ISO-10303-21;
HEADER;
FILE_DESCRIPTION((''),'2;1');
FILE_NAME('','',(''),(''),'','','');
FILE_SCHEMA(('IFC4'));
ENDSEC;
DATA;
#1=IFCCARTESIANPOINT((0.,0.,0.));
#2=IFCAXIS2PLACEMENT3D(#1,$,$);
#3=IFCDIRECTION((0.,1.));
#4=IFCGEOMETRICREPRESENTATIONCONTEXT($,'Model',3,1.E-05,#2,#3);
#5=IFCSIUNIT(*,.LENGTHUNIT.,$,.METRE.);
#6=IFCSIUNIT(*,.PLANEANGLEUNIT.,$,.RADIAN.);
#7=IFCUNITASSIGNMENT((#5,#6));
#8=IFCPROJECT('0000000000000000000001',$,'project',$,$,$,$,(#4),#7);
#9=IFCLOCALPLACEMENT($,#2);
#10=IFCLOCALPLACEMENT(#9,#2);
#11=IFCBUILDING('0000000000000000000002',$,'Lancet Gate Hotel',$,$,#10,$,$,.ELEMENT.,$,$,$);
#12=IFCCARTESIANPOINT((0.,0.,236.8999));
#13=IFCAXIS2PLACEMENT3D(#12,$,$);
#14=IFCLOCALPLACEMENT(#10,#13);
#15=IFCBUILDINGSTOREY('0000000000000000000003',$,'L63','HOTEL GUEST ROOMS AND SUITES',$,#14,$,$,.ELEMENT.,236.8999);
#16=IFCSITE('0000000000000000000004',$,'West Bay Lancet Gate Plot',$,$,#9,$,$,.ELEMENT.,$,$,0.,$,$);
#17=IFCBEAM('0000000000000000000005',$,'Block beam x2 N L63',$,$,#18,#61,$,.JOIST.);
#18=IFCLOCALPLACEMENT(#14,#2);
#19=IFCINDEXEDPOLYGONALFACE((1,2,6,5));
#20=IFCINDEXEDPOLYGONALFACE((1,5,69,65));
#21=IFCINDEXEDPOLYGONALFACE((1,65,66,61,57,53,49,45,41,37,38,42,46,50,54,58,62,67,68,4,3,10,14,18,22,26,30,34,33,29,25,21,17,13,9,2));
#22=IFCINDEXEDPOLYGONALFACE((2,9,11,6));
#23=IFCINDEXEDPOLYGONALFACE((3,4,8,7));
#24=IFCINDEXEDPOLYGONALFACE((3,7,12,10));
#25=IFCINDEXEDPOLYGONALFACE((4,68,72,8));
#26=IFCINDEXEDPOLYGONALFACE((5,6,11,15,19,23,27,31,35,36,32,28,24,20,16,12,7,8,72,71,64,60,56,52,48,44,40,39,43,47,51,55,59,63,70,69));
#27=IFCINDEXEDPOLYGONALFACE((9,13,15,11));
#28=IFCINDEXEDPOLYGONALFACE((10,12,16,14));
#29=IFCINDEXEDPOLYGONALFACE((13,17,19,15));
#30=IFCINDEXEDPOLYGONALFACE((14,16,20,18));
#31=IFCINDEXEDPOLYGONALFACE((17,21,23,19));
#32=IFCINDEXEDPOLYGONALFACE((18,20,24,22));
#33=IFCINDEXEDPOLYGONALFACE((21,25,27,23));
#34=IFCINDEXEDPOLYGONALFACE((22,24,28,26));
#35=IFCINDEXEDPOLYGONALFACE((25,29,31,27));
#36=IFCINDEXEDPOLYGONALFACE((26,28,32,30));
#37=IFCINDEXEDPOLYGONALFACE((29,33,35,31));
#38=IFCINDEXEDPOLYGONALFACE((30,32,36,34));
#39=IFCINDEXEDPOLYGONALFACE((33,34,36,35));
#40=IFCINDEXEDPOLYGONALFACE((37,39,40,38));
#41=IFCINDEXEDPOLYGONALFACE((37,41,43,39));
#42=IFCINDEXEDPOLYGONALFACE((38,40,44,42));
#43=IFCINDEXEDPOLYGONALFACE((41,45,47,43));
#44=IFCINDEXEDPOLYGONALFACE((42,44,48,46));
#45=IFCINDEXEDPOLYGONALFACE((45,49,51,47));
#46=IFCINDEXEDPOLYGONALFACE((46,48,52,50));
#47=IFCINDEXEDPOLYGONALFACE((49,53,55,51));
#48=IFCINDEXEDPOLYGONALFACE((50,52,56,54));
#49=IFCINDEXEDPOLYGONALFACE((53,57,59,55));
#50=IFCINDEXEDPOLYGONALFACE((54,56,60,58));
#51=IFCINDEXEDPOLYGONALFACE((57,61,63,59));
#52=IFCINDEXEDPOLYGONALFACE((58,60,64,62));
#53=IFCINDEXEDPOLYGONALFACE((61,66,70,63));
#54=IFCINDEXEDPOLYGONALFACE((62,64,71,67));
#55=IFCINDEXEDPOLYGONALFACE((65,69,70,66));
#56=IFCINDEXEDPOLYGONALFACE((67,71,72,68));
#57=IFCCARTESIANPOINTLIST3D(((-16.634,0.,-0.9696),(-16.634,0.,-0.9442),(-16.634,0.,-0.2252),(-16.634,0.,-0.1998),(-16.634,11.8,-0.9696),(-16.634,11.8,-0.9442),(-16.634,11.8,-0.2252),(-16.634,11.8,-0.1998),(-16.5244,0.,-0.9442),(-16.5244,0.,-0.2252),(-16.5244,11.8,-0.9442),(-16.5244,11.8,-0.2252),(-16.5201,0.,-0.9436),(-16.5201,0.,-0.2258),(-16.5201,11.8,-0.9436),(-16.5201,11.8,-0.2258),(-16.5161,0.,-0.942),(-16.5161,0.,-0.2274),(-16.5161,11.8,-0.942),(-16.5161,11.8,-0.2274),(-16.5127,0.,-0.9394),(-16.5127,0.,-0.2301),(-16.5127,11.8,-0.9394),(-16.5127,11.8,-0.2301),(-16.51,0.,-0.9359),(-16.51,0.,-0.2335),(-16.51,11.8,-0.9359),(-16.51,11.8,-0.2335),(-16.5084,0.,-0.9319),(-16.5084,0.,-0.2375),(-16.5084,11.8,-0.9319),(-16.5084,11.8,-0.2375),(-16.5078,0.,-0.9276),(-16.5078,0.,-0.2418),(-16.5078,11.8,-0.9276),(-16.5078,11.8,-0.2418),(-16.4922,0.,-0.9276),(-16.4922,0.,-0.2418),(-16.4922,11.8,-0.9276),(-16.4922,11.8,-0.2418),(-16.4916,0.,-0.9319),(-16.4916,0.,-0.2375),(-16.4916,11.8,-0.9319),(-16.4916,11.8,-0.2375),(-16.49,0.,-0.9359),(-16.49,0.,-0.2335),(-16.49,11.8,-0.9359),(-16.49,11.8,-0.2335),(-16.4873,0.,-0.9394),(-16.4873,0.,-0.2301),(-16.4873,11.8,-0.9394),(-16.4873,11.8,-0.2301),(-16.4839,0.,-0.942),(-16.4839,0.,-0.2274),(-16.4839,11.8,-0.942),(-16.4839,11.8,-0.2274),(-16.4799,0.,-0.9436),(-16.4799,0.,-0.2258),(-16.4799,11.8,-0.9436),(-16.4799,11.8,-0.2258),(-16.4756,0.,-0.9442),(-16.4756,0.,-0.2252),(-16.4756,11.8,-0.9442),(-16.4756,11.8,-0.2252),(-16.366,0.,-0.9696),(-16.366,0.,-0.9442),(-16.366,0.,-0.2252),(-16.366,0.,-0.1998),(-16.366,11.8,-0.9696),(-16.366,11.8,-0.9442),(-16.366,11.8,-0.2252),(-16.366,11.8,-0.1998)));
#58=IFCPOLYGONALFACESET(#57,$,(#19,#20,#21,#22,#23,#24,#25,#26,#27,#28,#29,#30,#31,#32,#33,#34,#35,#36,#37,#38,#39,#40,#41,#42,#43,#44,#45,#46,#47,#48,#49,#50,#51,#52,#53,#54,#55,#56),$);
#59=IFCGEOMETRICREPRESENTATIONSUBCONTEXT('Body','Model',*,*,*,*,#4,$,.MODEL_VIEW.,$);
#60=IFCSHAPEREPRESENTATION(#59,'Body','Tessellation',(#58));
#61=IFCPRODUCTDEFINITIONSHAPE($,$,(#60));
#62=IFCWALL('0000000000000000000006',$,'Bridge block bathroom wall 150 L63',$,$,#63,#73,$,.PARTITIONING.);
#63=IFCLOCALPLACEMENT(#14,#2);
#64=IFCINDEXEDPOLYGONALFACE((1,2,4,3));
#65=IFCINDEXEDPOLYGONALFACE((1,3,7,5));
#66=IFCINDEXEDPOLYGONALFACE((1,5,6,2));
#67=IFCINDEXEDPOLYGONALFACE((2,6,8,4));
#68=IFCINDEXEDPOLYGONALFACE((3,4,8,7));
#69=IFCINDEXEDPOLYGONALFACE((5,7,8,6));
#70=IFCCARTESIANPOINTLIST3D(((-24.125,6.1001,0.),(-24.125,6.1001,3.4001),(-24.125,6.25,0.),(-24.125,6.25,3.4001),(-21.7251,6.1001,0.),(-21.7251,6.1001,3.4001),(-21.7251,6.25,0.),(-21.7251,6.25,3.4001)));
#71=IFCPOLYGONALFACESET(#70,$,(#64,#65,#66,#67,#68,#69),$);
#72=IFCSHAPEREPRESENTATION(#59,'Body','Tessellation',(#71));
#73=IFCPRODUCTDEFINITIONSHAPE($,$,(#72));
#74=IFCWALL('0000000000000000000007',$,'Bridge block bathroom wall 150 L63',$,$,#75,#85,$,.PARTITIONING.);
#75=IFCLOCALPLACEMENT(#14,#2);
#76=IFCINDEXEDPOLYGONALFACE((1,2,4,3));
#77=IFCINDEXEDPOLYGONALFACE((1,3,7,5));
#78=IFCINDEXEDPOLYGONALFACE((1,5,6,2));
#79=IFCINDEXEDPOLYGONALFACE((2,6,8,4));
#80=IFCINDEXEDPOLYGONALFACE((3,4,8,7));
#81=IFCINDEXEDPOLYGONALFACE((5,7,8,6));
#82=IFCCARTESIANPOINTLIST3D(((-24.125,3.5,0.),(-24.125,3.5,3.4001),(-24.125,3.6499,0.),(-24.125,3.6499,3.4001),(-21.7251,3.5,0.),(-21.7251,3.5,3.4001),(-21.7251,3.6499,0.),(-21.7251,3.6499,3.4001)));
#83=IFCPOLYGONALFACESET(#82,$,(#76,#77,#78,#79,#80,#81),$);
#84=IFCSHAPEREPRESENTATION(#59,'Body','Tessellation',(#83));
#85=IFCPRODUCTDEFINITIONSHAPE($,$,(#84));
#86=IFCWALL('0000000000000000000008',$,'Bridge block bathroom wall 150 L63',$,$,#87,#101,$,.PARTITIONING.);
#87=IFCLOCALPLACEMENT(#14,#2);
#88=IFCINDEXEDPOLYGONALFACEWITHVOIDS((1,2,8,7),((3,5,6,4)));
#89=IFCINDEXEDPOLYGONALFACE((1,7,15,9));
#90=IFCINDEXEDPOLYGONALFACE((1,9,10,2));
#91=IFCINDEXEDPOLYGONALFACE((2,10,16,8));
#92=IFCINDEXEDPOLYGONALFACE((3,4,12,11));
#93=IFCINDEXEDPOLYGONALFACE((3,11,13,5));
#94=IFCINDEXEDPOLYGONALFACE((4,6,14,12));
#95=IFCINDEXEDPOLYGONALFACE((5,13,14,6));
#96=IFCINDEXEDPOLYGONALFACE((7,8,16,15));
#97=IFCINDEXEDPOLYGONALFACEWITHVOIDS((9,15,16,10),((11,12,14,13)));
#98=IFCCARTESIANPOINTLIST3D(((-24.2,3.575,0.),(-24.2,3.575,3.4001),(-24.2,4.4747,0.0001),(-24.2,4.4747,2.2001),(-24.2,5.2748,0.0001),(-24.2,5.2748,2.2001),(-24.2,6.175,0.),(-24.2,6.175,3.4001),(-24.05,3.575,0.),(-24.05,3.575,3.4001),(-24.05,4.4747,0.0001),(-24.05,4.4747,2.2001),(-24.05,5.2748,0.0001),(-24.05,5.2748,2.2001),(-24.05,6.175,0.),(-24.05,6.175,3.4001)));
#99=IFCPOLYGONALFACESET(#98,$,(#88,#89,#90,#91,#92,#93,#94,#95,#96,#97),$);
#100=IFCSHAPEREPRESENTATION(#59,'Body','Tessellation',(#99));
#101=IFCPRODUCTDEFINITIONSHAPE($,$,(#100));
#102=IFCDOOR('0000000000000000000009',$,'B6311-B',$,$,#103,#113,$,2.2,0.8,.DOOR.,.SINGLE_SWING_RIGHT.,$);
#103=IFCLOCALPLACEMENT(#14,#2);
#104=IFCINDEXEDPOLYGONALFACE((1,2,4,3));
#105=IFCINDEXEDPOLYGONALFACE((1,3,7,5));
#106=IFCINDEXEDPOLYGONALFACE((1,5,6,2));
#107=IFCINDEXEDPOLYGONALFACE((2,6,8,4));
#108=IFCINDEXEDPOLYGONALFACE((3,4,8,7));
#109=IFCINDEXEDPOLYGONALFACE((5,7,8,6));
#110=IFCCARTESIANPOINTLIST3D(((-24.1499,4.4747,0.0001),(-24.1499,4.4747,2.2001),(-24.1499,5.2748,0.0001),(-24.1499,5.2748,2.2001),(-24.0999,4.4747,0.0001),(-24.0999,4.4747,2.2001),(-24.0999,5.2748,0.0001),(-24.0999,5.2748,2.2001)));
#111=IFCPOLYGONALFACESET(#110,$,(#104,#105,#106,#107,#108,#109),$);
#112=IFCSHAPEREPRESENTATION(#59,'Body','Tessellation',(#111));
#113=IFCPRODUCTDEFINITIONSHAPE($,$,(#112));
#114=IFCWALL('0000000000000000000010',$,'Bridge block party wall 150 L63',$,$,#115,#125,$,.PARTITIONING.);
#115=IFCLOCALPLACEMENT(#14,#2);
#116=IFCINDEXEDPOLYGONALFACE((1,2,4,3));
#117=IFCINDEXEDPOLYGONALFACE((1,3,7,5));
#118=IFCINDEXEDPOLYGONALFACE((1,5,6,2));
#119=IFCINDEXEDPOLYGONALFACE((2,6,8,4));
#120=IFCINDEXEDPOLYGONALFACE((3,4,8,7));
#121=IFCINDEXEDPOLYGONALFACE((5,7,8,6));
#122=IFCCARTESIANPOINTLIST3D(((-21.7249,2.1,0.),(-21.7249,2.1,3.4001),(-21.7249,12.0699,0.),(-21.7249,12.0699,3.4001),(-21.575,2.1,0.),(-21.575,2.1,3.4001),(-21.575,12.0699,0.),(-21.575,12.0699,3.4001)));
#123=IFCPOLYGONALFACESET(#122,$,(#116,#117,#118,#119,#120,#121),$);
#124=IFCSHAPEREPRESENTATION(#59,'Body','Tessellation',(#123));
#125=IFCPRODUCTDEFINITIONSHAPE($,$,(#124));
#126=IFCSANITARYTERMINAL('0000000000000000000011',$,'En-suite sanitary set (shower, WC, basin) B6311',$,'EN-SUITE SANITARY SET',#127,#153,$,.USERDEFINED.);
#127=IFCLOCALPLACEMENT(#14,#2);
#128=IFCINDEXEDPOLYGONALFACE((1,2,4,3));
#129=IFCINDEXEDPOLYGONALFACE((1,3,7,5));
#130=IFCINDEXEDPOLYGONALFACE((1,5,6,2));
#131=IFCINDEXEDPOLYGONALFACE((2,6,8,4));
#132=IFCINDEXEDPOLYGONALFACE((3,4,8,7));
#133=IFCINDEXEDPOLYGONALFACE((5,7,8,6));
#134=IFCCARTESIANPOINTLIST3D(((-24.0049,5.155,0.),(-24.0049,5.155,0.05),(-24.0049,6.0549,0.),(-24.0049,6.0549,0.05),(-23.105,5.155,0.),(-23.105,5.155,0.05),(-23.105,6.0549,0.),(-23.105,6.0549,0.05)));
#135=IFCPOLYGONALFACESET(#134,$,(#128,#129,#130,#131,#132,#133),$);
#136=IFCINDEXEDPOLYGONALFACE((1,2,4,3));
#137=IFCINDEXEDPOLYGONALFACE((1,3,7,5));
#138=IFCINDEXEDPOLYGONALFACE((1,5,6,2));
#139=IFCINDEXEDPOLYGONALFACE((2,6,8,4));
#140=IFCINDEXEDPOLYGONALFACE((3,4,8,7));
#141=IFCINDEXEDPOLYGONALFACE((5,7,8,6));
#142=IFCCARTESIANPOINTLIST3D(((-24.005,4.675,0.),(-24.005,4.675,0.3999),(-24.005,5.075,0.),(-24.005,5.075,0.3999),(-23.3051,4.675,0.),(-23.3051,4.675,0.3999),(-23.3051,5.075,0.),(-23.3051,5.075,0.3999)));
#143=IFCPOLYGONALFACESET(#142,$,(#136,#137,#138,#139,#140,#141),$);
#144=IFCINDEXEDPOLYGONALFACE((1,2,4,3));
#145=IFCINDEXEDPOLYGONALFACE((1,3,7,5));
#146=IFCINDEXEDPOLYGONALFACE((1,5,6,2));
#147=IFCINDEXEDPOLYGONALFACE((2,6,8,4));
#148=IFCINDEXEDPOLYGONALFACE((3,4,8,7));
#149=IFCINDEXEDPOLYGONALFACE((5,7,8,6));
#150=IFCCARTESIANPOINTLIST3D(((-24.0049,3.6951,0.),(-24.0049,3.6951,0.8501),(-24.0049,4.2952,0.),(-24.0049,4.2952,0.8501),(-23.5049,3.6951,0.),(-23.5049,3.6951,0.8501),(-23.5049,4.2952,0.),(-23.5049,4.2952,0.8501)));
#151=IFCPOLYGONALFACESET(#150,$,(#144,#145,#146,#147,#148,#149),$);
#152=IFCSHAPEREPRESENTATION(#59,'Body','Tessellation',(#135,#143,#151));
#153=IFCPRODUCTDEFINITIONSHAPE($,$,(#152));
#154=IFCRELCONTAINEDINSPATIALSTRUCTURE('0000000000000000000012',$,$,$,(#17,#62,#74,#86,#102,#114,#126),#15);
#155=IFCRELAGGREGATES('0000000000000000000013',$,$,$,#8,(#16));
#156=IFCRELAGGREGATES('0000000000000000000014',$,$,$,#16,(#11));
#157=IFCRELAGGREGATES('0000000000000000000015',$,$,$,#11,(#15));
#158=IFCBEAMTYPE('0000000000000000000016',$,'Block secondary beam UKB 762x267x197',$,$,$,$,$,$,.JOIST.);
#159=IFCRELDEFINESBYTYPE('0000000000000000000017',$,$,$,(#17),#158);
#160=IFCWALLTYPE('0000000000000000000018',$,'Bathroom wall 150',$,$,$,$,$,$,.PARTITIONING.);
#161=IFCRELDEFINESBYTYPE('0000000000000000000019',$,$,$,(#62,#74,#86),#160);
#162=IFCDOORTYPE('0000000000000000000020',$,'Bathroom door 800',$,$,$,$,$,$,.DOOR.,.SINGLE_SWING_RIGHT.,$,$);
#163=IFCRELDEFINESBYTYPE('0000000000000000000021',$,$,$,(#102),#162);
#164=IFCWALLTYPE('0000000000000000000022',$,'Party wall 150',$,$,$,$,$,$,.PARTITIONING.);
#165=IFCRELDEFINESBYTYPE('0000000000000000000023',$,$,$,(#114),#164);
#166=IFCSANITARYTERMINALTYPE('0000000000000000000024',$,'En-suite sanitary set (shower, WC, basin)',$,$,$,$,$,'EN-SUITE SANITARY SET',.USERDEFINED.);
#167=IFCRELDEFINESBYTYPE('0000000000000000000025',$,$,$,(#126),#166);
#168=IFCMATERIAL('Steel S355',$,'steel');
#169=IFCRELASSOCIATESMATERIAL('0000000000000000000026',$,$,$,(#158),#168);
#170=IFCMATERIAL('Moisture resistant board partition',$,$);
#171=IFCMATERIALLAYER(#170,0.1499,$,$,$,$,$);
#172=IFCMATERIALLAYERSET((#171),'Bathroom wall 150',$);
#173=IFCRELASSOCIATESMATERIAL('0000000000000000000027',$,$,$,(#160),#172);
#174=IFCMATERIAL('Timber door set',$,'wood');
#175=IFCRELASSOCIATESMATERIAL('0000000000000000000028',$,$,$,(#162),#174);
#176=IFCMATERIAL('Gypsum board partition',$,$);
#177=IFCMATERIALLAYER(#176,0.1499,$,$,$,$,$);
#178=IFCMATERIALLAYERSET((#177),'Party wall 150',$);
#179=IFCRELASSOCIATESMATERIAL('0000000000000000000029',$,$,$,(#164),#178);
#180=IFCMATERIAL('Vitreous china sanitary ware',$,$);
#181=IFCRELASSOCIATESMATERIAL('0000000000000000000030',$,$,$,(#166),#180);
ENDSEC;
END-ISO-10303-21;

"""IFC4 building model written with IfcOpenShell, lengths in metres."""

from ifc_helpers import new_model, si_unit, direction, frame, frame_2d, origin, origin_2d, place, context, subcontext, project, spatial, rectangle, i_section, extrude, material, layer, layer_set, material_profile, profile_set, type_object, element, fill, save


model = new_model("IFC4")

# Units and contexts
model_context = context("Model", 3, precision=1e-05, world=origin(), true_north=direction((0.0, 1.0)))
body_context = subcontext(model_context, "Body", "Model", "MODEL_VIEW")
ifc_project = project(units=[si_unit("LENGTHUNIT", "METRE"), si_unit("PLANEANGLEUNIT", "RADIAN")], contexts=[model_context])

# Site, building, storey
site_placement = place(None, origin())
site = spatial("IfcSite", under=ifc_project, at=site_placement, Name="West Bay Lancet Gate Plot", CompositionType="ELEMENT", RefElevation=0.0)
building_placement = place(site_placement, origin())
building = spatial("IfcBuilding", under=site, at=building_placement, Name="Lancet Gate Hotel", CompositionType="ELEMENT")
storey_placement = place(building_placement, frame((0.0, 0.0, 236.8999)))
storey = spatial("IfcBuildingStorey", under=building, at=storey_placement, Name="L63", Description="HOTEL GUEST ROOMS AND SUITES", CompositionType="ELEMENT", Elevation=236.8999)

# Beam
ifc_material_1 = material(Name="Steel S355", Category="steel")
ifc_material_profile_1 = material_profile(ifc_material_1, i_section(OverallWidth=0.2681, OverallDepth=0.7698, WebThickness=0.0156, FlangeThickness=0.0254, FilletRadius=0.0166, at=origin_2d()), Name="UKB 762x267x197")
ifc_profile_set_1 = profile_set([ifc_material_profile_1], Name="Steel S355")
beam_type_1 = type_object("IfcBeamType", Name="Block secondary beam UKB 762x267x197", PredefinedType="JOIST", material=ifc_profile_set_1)
beam_1_placement = place(storey_placement, frame((-16.5, 0.0, -0.5847), z_axis=(0.0, 1.0, 0.0), x_axis=(-1.0, 0.0, 0.0)))
element("IfcBeam", 1, at=beam_1_placement, inside=storey, type_object=beam_type_1, Name="Block beam x2 N L63", PredefinedType="JOIST", context=body_context, shape_type="SweptSolid", body=[
    extrude(i_section(OverallWidth=0.2681, OverallDepth=0.7698, WebThickness=0.0156, FlangeThickness=0.0254, FilletRadius=0.0166, at=origin_2d()), origin(), (0.0, 0.0, 1.0), 11.8),
])

# Walls
ifc_material_2 = material(Name="Moisture resistant board partition")
ifc_layer_1 = layer(ifc_material_2, 0.1499)
ifc_layer_set_1 = layer_set([ifc_layer_1], Name="Bathroom wall 150")
wall_type_1 = type_object("IfcWallType", Name="Bathroom wall 150", PredefinedType="PARTITIONING", material=ifc_layer_set_1)
for number, where, z_axis, x_axis, name in (
    (2, (-24.125, 6.175, 0.0), (0.0, 0.0, 1.0), (1.0, 0.0, 0.0), "Bridge block bathroom wall 150 L63"),
    (3, (-24.125, 3.575, 0.0), (0.0, 0.0, 1.0), (1.0, 0.0, 0.0), "Bridge block bathroom wall 150 L63"),
):
    element("IfcWall", number, at=place(storey_placement, frame(where, z_axis=z_axis, x_axis=x_axis)), inside=storey, type_object=wall_type_1, Name=name, PredefinedType="PARTITIONING", context=body_context, shape_type="SweptSolid", body=[
        extrude(rectangle(XDim=2.3999, YDim=0.1499, at=frame_2d((1.2, 0.0))), origin(), (0.0, 0.0, 1.0), 3.4001),
    ])

# Wall, opening, door
wall_1_placement = place(storey_placement, frame((-24.125, 3.575, 0.0), z_axis=(0.0, 0.0, 1.0), x_axis=(0.0, 1.0, 0.0)))
wall_1 = element("IfcWall", 4, at=wall_1_placement, inside=storey, type_object=wall_type_1, Name="Bridge block bathroom wall 150 L63", PredefinedType="PARTITIONING", context=body_context, shape_type="SweptSolid", body=[
    extrude(rectangle(XDim=2.6001, YDim=0.1499, at=frame_2d((1.3, 0.0))), origin(), (0.0, 0.0, 1.0), 3.4001),
])
opening_placement = place(wall_1_placement, frame((0.8999, 0.0, 0.0)))
opening = element("IfcOpeningElement", 5, at=opening_placement, cuts=wall_1, PredefinedType="OPENING", context=body_context, shape_type="SweptSolid", body=[
    extrude(rectangle(XDim=0.8, YDim=2.2, at=frame_2d((0.3999, 1.1001))), frame((0.0, 0.085, 0.0), z_axis=(0.0, -1.0, 0.0), x_axis=(1.0, 0.0, 0.0)), (0.0, 0.0, 1.0), 0.1699),
])
ifc_material_3 = material(Name="Timber door set", Category="wood")
door_type = type_object("IfcDoorType", Name="Bathroom door 800", OperationType="SINGLE_SWING_RIGHT", PredefinedType="DOOR", material=ifc_material_3)
door_placement = place(opening_placement, origin())
door = element("IfcDoor", 6, at=door_placement, inside=storey, type_object=door_type, Name="B6311-B", OperationType="SINGLE_SWING_RIGHT", OverallHeight=2.2, OverallWidth=0.8, PredefinedType="DOOR", context=body_context, shape_type="SweptSolid", body=[
    extrude(rectangle(XDim=0.8, YDim=2.2, at=frame_2d((0.3999, 1.1001))), frame((0.0, 0.0249, 0.0), z_axis=(0.0, -1.0, 0.0), x_axis=(1.0, 0.0, 0.0)), (0.0, 0.0, 1.0), 0.05),
])
fill(opening, door)

# Wall
ifc_material_4 = material(Name="Gypsum board partition")
ifc_layer_2 = layer(ifc_material_4, 0.1499)
ifc_layer_set_2 = layer_set([ifc_layer_2], Name="Party wall 150")
wall_type_2 = type_object("IfcWallType", Name="Party wall 150", PredefinedType="PARTITIONING", material=ifc_layer_set_2)
wall_2_placement = place(storey_placement, frame((-21.6499, 2.1001, 0.0), z_axis=(0.0, 0.0, 1.0), x_axis=(0.0, 1.0, 0.0)))
element("IfcWall", 7, at=wall_2_placement, inside=storey, type_object=wall_type_2, Name="Bridge block party wall 150 L63", PredefinedType="PARTITIONING", context=body_context, shape_type="SweptSolid", body=[
    extrude(rectangle(XDim=9.97, YDim=0.1499, at=frame_2d((4.9849, 0.0))), origin(), (0.0, 0.0, 1.0), 3.4001),
])

# Sanitary terminal
ifc_material_5 = material(Name="Vitreous china sanitary ware")
sanitary_terminal_type = type_object("IfcSanitaryTerminalType", Name="En-suite sanitary set (shower, WC, basin)", ElementType="EN-SUITE SANITARY SET", PredefinedType="USERDEFINED", material=ifc_material_5)
sanitary_terminal_placement = place(storey_placement, frame((-23.5549, 5.605, 0.0), z_axis=(0.0, 0.0, 1.0), x_axis=(1.0, 0.0, 0.0)))
element("IfcSanitaryTerminal", 8, at=sanitary_terminal_placement, inside=storey, type_object=sanitary_terminal_type, Name="En-suite sanitary set (shower, WC, basin) B6311", ObjectType="EN-SUITE SANITARY SET", PredefinedType="USERDEFINED", context=body_context, shape_type="SweptSolid", body=[
    extrude(rectangle(XDim=0.8999, YDim=0.8999, at=origin_2d()), frame((0.0, 0.0, 0.0), z_axis=(0.0, 0.0, 1.0), x_axis=(0.0, 1.0, 0.0)), (0.0, 0.0, 1.0), 0.05),
    extrude(rectangle(XDim=0.3999, YDim=0.7, at=origin_2d()), frame((-0.1001, -0.73, 0.0), z_axis=(0.0, 0.0, 1.0), x_axis=(0.0, 1.0, 0.0)), (0.0, 0.0, 1.0), 0.3999),
    extrude(rectangle(XDim=0.6001, YDim=0.5, at=origin_2d()), frame((-0.2, -1.6099, 0.0), z_axis=(0.0, 0.0, 1.0), x_axis=(0.0, 1.0, 0.0)), (0.0, 0.0, 1.0), 0.8501),
])

save(model, "model.ifc")
